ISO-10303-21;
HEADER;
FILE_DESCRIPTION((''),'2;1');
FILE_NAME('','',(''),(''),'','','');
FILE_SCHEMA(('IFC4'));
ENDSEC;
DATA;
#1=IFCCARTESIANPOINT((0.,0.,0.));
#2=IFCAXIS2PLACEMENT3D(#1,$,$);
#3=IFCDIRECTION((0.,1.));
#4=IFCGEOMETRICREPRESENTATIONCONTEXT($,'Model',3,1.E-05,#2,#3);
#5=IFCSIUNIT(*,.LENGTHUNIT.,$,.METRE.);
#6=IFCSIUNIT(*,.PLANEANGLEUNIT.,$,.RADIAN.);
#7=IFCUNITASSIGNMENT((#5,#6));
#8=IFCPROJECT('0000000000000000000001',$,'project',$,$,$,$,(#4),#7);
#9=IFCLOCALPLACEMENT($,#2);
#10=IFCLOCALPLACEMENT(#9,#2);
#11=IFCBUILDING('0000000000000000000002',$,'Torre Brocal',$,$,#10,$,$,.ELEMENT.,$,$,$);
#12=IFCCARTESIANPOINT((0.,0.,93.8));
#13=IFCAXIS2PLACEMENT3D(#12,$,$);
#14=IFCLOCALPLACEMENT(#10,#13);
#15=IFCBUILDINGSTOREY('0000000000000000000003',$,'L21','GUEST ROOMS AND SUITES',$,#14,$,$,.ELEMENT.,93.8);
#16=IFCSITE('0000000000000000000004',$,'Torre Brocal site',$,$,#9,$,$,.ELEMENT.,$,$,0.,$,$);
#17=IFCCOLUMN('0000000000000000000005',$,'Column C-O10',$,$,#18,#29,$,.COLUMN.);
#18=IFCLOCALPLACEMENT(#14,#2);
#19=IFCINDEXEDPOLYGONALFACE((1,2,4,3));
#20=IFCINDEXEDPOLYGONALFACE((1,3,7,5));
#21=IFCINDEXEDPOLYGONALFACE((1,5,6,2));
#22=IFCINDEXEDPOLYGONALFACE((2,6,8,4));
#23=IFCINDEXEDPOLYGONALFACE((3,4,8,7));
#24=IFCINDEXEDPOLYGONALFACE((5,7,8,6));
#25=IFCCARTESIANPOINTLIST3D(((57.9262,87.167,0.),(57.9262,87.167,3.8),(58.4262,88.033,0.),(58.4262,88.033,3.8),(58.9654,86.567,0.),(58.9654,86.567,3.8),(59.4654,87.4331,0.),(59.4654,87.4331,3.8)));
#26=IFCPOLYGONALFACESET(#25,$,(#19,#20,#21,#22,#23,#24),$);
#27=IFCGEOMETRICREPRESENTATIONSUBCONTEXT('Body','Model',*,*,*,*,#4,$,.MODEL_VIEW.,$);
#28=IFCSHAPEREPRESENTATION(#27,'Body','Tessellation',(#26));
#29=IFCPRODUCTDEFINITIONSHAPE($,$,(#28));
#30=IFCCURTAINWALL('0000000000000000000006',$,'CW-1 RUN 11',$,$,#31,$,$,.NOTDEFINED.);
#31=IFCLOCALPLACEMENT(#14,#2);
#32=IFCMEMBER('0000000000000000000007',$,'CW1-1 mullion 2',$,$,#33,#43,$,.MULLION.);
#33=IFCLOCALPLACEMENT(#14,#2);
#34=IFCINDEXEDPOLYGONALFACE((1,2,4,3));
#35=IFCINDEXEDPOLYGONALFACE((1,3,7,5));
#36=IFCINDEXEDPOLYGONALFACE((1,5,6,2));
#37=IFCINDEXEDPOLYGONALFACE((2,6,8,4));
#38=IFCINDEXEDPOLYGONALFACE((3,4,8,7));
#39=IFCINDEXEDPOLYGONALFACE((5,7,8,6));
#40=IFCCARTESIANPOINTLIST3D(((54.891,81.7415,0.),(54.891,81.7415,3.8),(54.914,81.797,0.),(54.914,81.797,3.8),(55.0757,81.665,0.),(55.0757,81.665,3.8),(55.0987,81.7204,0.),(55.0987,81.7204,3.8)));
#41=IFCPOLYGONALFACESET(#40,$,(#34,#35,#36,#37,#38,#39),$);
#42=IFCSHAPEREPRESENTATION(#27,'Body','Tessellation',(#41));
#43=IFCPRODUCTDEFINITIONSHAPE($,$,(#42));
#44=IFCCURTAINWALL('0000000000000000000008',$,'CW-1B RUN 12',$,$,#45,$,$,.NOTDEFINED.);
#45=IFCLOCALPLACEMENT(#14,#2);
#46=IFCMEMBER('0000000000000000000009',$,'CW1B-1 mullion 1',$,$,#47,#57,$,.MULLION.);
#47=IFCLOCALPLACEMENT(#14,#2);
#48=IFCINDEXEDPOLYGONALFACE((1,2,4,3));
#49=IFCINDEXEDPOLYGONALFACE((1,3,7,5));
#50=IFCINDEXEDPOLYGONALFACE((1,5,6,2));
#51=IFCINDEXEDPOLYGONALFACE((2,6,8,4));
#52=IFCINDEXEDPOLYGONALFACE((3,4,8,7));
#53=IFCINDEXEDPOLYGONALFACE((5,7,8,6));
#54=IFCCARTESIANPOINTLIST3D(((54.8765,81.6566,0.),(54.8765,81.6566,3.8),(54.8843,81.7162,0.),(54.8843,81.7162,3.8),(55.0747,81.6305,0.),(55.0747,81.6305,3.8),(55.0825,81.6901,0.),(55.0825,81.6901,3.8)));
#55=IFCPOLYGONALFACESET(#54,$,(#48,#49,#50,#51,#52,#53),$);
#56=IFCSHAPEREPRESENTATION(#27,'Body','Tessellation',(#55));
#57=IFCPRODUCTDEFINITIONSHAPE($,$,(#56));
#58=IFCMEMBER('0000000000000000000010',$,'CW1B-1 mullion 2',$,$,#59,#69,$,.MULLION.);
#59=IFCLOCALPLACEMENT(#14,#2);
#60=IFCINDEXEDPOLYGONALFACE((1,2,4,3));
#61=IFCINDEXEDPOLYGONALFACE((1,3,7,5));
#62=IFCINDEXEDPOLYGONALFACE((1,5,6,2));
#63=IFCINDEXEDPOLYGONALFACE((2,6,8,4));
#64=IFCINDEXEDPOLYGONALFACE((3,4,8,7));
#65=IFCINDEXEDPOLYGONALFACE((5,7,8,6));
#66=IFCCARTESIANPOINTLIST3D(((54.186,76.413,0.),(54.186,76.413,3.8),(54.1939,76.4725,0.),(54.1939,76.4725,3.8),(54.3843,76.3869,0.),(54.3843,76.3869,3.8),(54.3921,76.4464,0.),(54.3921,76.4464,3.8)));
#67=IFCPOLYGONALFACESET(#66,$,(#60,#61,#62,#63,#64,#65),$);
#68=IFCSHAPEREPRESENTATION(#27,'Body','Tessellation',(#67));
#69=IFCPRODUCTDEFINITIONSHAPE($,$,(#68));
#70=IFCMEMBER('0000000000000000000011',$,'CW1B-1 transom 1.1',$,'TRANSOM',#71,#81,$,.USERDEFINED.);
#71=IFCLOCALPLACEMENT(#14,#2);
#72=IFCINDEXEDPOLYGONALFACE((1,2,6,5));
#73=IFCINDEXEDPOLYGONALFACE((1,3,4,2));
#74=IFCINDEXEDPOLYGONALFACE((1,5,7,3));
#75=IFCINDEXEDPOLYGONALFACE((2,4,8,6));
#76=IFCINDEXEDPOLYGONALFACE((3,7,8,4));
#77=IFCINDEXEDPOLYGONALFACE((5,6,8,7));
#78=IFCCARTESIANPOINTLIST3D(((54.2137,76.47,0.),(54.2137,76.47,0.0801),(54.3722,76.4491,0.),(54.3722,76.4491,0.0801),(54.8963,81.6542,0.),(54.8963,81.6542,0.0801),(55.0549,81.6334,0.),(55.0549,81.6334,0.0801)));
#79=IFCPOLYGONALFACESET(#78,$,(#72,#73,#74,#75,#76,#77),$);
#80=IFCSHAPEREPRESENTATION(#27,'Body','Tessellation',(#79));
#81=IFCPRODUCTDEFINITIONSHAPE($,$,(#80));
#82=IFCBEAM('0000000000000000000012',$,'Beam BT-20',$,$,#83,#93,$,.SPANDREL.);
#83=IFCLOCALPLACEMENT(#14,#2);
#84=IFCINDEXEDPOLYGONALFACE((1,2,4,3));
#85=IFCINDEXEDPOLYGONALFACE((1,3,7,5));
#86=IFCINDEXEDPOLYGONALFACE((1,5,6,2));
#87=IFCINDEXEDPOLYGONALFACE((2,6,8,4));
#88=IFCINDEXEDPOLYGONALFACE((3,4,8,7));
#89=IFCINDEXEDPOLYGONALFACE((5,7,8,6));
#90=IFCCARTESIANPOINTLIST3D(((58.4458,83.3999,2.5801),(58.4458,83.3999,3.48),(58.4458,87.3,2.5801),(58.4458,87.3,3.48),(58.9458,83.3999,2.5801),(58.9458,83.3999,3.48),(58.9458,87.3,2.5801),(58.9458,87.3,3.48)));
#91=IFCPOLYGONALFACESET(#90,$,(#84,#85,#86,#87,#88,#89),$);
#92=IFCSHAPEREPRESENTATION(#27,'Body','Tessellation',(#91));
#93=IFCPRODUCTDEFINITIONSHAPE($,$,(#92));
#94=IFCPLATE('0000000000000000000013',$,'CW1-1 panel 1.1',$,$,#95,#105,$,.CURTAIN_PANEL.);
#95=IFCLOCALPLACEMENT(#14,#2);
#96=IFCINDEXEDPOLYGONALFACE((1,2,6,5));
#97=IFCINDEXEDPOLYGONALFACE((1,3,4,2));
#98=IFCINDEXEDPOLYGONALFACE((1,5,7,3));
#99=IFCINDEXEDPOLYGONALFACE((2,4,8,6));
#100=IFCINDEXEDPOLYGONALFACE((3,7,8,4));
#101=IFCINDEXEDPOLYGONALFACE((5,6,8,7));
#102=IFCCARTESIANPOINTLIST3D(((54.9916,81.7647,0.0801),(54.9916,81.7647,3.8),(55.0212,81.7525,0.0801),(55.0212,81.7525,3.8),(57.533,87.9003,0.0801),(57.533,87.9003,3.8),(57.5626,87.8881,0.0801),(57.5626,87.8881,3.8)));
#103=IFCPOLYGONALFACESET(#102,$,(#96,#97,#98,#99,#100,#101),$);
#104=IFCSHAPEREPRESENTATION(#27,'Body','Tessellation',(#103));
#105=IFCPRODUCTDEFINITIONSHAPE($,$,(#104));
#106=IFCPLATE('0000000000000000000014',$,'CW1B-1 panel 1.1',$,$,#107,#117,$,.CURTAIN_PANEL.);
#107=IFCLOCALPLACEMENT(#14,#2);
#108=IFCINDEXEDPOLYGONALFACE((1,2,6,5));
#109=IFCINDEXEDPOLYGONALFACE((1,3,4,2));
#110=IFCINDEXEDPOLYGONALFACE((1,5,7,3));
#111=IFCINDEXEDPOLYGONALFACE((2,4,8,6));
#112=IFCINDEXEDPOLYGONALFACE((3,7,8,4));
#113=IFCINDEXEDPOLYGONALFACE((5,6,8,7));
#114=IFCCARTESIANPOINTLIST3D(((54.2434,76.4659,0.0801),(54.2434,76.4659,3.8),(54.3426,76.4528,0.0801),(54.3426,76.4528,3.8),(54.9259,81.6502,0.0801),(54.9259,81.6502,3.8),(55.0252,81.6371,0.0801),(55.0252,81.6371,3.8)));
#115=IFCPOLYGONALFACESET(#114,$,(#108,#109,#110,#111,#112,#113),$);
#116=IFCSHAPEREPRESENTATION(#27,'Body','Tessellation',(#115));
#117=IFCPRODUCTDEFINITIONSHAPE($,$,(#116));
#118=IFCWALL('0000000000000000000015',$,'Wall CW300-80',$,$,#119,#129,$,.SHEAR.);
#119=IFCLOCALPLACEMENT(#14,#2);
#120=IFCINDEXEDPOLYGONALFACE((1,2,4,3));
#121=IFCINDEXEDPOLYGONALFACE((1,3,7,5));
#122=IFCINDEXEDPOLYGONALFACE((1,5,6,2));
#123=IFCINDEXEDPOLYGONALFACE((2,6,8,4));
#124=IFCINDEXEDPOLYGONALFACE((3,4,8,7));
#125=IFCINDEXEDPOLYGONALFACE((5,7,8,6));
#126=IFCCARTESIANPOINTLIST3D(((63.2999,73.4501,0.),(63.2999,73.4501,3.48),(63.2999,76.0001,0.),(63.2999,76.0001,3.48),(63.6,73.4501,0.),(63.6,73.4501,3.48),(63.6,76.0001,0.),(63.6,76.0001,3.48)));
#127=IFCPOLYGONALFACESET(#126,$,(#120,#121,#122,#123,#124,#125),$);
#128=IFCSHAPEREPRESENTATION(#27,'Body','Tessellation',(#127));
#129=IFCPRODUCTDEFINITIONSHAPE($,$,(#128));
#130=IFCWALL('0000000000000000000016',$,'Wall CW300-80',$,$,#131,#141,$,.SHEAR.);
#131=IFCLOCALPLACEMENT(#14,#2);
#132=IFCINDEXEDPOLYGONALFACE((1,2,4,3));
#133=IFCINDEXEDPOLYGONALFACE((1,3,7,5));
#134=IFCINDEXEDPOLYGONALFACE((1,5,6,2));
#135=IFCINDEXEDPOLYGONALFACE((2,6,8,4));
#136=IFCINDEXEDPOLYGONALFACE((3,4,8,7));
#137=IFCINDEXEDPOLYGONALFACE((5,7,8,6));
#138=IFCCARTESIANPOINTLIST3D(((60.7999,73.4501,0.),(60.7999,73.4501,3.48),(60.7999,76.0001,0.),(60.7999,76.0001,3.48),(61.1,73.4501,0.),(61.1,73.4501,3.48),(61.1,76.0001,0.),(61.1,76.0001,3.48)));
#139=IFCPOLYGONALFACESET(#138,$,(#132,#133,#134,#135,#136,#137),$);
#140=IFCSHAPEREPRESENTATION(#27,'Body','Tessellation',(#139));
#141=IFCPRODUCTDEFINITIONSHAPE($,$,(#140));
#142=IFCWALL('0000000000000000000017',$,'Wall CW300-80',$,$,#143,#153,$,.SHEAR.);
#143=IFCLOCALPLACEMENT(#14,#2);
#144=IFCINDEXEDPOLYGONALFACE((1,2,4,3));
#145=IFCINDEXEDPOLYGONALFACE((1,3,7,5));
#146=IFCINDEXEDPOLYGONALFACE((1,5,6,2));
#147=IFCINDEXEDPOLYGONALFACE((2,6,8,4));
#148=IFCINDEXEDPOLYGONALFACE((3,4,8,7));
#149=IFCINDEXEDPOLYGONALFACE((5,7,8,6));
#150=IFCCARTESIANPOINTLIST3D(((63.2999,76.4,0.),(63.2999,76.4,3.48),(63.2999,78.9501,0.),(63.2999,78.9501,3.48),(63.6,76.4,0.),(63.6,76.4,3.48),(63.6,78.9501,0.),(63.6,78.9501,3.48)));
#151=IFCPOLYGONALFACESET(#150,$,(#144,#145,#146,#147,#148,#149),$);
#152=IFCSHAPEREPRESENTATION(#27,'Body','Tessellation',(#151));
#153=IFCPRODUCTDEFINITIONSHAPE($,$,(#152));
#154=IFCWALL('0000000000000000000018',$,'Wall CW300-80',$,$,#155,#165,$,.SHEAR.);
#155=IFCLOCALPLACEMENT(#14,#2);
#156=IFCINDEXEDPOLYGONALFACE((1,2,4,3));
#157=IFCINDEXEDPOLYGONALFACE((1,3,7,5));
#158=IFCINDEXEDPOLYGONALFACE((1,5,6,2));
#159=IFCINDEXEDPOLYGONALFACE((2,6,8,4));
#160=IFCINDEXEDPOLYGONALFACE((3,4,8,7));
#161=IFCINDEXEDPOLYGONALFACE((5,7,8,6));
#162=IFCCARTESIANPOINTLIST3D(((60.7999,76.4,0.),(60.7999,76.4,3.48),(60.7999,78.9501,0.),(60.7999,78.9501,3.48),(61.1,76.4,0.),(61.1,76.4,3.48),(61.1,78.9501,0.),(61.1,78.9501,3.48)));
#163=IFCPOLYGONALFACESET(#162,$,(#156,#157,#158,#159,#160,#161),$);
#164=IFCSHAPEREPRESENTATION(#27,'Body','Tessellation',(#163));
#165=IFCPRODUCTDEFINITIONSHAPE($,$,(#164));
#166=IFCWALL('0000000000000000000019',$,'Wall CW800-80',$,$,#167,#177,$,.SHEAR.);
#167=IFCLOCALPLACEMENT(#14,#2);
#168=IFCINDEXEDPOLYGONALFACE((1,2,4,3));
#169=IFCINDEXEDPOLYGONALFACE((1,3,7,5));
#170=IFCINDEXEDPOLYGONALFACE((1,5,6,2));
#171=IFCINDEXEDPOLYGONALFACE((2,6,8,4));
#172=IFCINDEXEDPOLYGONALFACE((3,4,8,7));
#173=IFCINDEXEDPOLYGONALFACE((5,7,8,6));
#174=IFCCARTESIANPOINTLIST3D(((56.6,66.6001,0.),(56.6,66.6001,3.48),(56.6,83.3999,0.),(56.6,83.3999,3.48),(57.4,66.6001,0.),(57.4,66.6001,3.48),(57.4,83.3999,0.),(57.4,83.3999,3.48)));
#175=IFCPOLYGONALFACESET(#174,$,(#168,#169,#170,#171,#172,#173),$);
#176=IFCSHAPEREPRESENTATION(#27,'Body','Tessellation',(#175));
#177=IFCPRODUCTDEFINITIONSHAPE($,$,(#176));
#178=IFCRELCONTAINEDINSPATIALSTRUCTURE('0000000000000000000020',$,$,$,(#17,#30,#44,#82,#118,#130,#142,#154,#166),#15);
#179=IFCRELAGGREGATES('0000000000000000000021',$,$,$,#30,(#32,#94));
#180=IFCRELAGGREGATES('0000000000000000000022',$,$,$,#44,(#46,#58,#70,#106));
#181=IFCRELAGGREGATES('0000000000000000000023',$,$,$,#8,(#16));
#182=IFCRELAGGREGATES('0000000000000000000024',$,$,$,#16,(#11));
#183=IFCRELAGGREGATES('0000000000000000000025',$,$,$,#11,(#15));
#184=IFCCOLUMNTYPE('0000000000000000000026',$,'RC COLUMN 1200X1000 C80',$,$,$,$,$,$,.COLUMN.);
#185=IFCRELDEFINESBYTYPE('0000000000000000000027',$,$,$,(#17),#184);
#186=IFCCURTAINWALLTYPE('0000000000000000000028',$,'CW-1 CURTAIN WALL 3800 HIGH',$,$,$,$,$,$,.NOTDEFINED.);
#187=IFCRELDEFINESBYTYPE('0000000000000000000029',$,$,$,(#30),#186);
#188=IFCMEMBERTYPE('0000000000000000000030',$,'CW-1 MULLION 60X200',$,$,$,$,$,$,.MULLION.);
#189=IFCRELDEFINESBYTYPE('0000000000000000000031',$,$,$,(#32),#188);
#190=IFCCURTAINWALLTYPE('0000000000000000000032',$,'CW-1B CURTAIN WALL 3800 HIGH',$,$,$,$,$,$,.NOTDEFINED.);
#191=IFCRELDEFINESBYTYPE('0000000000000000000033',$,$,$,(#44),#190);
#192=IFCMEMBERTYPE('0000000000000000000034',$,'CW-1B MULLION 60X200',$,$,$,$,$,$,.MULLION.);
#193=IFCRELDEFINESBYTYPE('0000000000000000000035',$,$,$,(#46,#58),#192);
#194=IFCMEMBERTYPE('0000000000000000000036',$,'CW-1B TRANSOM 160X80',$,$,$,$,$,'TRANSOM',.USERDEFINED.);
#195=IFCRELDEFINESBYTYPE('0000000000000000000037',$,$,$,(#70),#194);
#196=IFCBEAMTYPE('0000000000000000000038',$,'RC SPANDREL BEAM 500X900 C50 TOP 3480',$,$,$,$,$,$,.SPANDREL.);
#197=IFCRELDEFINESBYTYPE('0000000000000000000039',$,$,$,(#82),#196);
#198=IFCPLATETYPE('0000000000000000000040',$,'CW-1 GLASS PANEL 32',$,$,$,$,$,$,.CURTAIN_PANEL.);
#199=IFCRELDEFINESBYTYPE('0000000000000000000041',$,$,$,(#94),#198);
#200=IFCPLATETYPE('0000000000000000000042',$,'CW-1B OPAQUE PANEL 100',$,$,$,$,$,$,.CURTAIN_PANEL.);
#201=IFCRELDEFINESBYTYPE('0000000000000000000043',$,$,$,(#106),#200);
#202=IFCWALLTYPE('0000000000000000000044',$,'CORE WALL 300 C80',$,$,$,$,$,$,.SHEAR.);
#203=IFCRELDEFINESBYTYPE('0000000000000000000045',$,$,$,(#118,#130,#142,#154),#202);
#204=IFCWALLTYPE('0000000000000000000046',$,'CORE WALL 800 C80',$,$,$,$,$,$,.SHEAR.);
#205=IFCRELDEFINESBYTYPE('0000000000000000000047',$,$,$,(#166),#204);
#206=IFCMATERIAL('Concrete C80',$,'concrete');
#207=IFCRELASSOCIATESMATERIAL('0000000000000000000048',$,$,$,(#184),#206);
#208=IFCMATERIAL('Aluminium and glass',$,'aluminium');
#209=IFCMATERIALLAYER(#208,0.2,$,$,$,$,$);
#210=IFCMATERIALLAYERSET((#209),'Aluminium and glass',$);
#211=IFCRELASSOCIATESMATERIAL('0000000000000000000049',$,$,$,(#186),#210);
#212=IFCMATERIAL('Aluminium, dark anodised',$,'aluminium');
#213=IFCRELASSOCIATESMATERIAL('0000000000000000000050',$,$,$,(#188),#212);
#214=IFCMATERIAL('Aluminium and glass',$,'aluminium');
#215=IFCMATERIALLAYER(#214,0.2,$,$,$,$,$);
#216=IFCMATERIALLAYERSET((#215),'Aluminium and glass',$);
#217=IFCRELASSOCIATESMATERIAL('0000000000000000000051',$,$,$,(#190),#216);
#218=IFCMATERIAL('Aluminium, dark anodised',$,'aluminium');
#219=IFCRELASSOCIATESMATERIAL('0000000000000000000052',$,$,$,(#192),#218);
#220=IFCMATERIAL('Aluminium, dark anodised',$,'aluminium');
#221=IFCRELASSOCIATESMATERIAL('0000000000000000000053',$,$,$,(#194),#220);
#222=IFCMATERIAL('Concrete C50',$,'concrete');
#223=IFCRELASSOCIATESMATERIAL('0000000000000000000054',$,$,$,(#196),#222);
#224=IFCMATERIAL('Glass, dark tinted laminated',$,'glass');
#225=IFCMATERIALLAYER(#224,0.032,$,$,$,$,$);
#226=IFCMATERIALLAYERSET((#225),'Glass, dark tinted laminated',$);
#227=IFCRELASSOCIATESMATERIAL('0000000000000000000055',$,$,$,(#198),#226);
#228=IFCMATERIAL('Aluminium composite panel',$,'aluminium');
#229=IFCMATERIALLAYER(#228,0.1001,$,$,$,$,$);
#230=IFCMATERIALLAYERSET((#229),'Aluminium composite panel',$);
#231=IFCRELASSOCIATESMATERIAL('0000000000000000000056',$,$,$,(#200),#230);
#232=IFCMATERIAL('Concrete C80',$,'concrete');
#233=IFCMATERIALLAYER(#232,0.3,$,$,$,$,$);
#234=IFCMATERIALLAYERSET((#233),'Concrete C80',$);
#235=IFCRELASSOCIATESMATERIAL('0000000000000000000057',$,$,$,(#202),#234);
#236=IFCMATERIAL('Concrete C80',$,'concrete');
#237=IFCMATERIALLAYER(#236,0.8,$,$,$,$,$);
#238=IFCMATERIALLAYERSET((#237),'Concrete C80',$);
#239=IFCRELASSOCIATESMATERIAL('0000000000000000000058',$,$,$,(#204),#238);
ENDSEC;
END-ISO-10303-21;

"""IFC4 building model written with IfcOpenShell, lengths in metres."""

from ifc_helpers import new_model, si_unit, direction, frame, frame_2d, origin, origin_2d, place, context, subcontext, project, spatial, rectangle, extrude, material, layer, layer_set, material_profile, profile_set, type_object, element, aggregate, save


model = new_model("IFC4")

# Units and contexts
model_context = context("Model", 3, precision=1e-05, world=origin(), true_north=direction((0.0, 1.0)))
body_context = subcontext(model_context, "Body", "Model", "MODEL_VIEW")
ifc_project = project(units=[si_unit("LENGTHUNIT", "METRE"), si_unit("PLANEANGLEUNIT", "RADIAN")], contexts=[model_context])

# Site, building, storey
site_placement = place(None, origin())
site = spatial("IfcSite", under=ifc_project, at=site_placement, Name="Torre Brocal site", CompositionType="ELEMENT", RefElevation=0.0)
building_placement = place(site_placement, origin())
building = spatial("IfcBuilding", under=site, at=building_placement, Name="Torre Brocal", CompositionType="ELEMENT")
storey_placement = place(building_placement, frame((0.0, 0.0, 93.8)))
storey = spatial("IfcBuildingStorey", under=building, at=storey_placement, Name="L21", Description="GUEST ROOMS AND SUITES", CompositionType="ELEMENT", Elevation=93.8)

# Column
ifc_material_1 = material(Name="Concrete C80", Category="concrete")
ifc_material_profile_1 = material_profile(ifc_material_1, rectangle(XDim=1.2, YDim=1.0, at=origin_2d()), Name="RC 1200X1000")
ifc_profile_set_1 = profile_set([ifc_material_profile_1], Name="Concrete C80")
column_type = type_object("IfcColumnType", Name="RC COLUMN 1200X1000 C80", PredefinedType="COLUMN", material=ifc_profile_set_1)
column_placement = place(storey_placement, frame((58.6958, 87.3, 0.0), z_axis=(0.0, 0.0, 1.0), x_axis=(-0.866025, 0.5, 0.0)))
element("IfcColumn", 1, at=column_placement, inside=storey, type_object=column_type, Name="Column C-O10", PredefinedType="COLUMN", context=body_context, shape_type="SweptSolid", body=[
    extrude(rectangle(XDim=1.2, YDim=1.0, at=origin_2d()), origin(), (0.0, 0.0, 1.0), 3.8),
])

# Curtain wall, member
ifc_material_2 = material(Name="Aluminium and glass", Category="aluminium")
ifc_layer_1 = layer(ifc_material_2, 0.2)
ifc_layer_set_1 = layer_set([ifc_layer_1], Name="Aluminium and glass")
curtain_wall_type_1 = type_object("IfcCurtainWallType", Name="CW-1 CURTAIN WALL 3800 HIGH", PredefinedType="NOTDEFINED", material=ifc_layer_set_1)
curtain_wall_1_placement = place(storey_placement, origin())
curtain_wall_1 = element("IfcCurtainWall", 2, at=curtain_wall_1_placement, inside=storey, type_object=curtain_wall_type_1, Name="CW-1 RUN 11", PredefinedType="NOTDEFINED")
ifc_material_3 = material(Name="Aluminium, dark anodised", Category="aluminium")
ifc_material_profile_2 = material_profile(ifc_material_3, rectangle(XDim=0.2, YDim=0.0601, at=origin_2d()), Name="CW-1 MULLION 60X200")
ifc_profile_set_2 = profile_set([ifc_material_profile_2], Name="Aluminium, dark anodised")
member_type_1 = type_object("IfcMemberType", Name="CW-1 MULLION 60X200", PredefinedType="MULLION", material=ifc_profile_set_2)
member_1_placement = place(storey_placement, frame((54.9949, 81.731, 0.0), z_axis=(0.0, 0.0, 1.0), x_axis=(0.92388, -0.382683, 0.0)))
member_1 = element("IfcMember", 3, at=member_1_placement, type_object=member_type_1, Name="CW1-1 mullion 2", PredefinedType="MULLION", context=body_context, shape_type="SweptSolid", body=[
    extrude(rectangle(XDim=0.2, YDim=0.0601, at=origin_2d()), origin(), (0.0, 0.0, 1.0), 3.8),
])

# Curtain wall, members
ifc_material_4 = material(Name="Aluminium and glass", Category="aluminium")
ifc_layer_2 = layer(ifc_material_4, 0.2)
ifc_layer_set_2 = layer_set([ifc_layer_2], Name="Aluminium and glass")
curtain_wall_type_2 = type_object("IfcCurtainWallType", Name="CW-1B CURTAIN WALL 3800 HIGH", PredefinedType="NOTDEFINED", material=ifc_layer_set_2)
curtain_wall_2_placement = place(storey_placement, origin())
curtain_wall_2 = element("IfcCurtainWall", 4, at=curtain_wall_2_placement, inside=storey, type_object=curtain_wall_type_2, Name="CW-1B RUN 12", PredefinedType="NOTDEFINED")
ifc_material_5 = material(Name="Aluminium, dark anodised", Category="aluminium")
ifc_material_profile_3 = material_profile(ifc_material_5, rectangle(XDim=0.2, YDim=0.0601, at=origin_2d()), Name="CW-1B MULLION 60X200")
ifc_profile_set_3 = profile_set([ifc_material_profile_3], Name="Aluminium, dark anodised")
member_type_2 = type_object("IfcMemberType", Name="CW-1B MULLION 60X200", PredefinedType="MULLION", material=ifc_profile_set_3)
member_2_placement = place(storey_placement, frame((54.9795, 81.6733, 0.0), z_axis=(0.0, 0.0, 1.0), x_axis=(0.991445, -0.130526, 0.0)))
member_2 = element("IfcMember", 5, at=member_2_placement, type_object=member_type_2, Name="CW1B-1 mullion 1", PredefinedType="MULLION", context=body_context, shape_type="SweptSolid", body=[
    extrude(rectangle(XDim=0.2, YDim=0.0601, at=origin_2d()), origin(), (0.0, 0.0, 1.0), 3.8),
])
member_3_placement = place(storey_placement, frame((54.2891, 76.4297, 0.0), z_axis=(0.0, 0.0, 1.0), x_axis=(0.991445, -0.130526, 0.0)))
member_3 = element("IfcMember", 6, at=member_3_placement, type_object=member_type_2, Name="CW1B-1 mullion 2", PredefinedType="MULLION", context=body_context, shape_type="SweptSolid", body=[
    extrude(rectangle(XDim=0.2, YDim=0.0601, at=origin_2d()), origin(), (0.0, 0.0, 1.0), 3.8),
])
ifc_material_6 = material(Name="Aluminium, dark anodised", Category="aluminium")
ifc_material_profile_4 = material_profile(ifc_material_6, rectangle(XDim=0.1599, YDim=0.0801, at=origin_2d()), Name="CW-1B TRANSOM 160X80")
ifc_profile_set_4 = profile_set([ifc_material_profile_4], Name="Aluminium, dark anodised")
member_type_3 = type_object("IfcMemberType", Name="CW-1B TRANSOM 160X80", ElementType="TRANSOM", PredefinedType="USERDEFINED", material=ifc_profile_set_4)
member_4_placement = place(storey_placement, frame((54.9756, 81.6438, 0.04), z_axis=(-0.130543, -0.991443, 0.0), x_axis=(0.991443, -0.130543, 0.0)))
member_4 = element("IfcMember", 7, at=member_4_placement, type_object=member_type_3, Name="CW1B-1 transom 1.1", ObjectType="TRANSOM", PredefinedType="USERDEFINED", context=body_context, shape_type="SweptSolid", body=[
    extrude(rectangle(XDim=0.1599, YDim=0.0801, at=origin_2d()), origin(), (0.0, 0.0, 1.0), 5.229),
])

# Beam
ifc_material_7 = material(Name="Concrete C50", Category="concrete")
ifc_material_profile_5 = material_profile(ifc_material_7, rectangle(XDim=0.5, YDim=0.8999, at=origin_2d()), Name="RC 500X900")
ifc_profile_set_5 = profile_set([ifc_material_profile_5], Name="Concrete C50")
beam_type = type_object("IfcBeamType", Name="RC SPANDREL BEAM 500X900 C50 TOP 3480", PredefinedType="SPANDREL", material=ifc_profile_set_5)
beam_placement = place(storey_placement, frame((58.6958, 87.3, 3.03), z_axis=(0.0, -1.0, 0.0), x_axis=(1.0, 0.0, 0.0)))
element("IfcBeam", 8, at=beam_placement, inside=storey, type_object=beam_type, Name="Beam BT-20", PredefinedType="SPANDREL", context=body_context, shape_type="SweptSolid", body=[
    extrude(rectangle(XDim=0.5, YDim=0.8999, at=origin_2d()), origin(), (0.0, 0.0, 1.0), 3.9001),
])

# Plates
ifc_material_8 = material(Name="Glass, dark tinted laminated", Category="glass")
ifc_layer_3 = layer(ifc_material_8, 0.032)
ifc_layer_set_3 = layer_set([ifc_layer_3], Name="Glass, dark tinted laminated")
plate_type_1 = type_object("IfcPlateType", Name="CW-1 GLASS PANEL 32", PredefinedType="CURTAIN_PANEL", material=ifc_layer_set_3)
plate_1_placement = place(storey_placement, frame((56.2771, 84.8264, 0.0801), z_axis=(0.0, 0.0, 1.0), x_axis=(-0.382683, -0.92388, 0.0)))
plate_1 = element("IfcPlate", 9, at=plate_1_placement, type_object=plate_type_1, Name="CW1-1 panel 1.1", PredefinedType="CURTAIN_PANEL", context=body_context, shape_type="SweptSolid", body=[
    extrude(rectangle(XDim=6.6411, YDim=0.032, at=origin_2d()), origin(), (0.0, 0.0, 1.0), 3.72),
])
aggregate(curtain_wall_1, [member_1, plate_1])
ifc_material_9 = material(Name="Aluminium composite panel", Category="aluminium")
ifc_layer_4 = layer(ifc_material_9, 0.1001)
ifc_layer_set_4 = layer_set([ifc_layer_4], Name="Aluminium composite panel")
plate_type_2 = type_object("IfcPlateType", Name="CW-1B OPAQUE PANEL 100", PredefinedType="CURTAIN_PANEL", material=ifc_layer_set_4)
plate_2_placement = place(storey_placement, frame((54.6343, 79.0515, 0.0801), z_axis=(0.0, 0.0, 1.0), x_axis=(-0.130526, -0.991445, 0.0)))
plate_2 = element("IfcPlate", 10, at=plate_2_placement, type_object=plate_type_2, Name="CW1B-1 panel 1.1", PredefinedType="CURTAIN_PANEL", context=body_context, shape_type="SweptSolid", body=[
    extrude(rectangle(XDim=5.229, YDim=0.1001, at=origin_2d()), origin(), (0.0, 0.0, 1.0), 3.72),
])
aggregate(curtain_wall_2, [member_2, member_3, member_4, plate_2])

# Walls
ifc_material_10 = material(Name="Concrete C80", Category="concrete")
ifc_layer_5 = layer(ifc_material_10, 0.3)
ifc_layer_set_5 = layer_set([ifc_layer_5], Name="Concrete C80")
wall_type_1 = type_object("IfcWallType", Name="CORE WALL 300 C80", PredefinedType="SHEAR", material=ifc_layer_set_5)
for number, where, z_axis, x_axis, name in (
    (11, (63.45, 76.0, 0.0), (0.0, 0.0, 1.0), (0.0, -1.0, 0.0), "Wall CW300-80"),
    (12, (60.95, 76.0, 0.0), (0.0, 0.0, 1.0), (0.0, -1.0, 0.0), "Wall CW300-80"),
    (13, (63.45, 78.95, 0.0), (0.0, 0.0, 1.0), (0.0, -1.0, 0.0), "Wall CW300-80"),
    (14, (60.95, 78.95, 0.0), (0.0, 0.0, 1.0), (0.0, -1.0, 0.0), "Wall CW300-80"),
):
    element("IfcWall", number, at=place(storey_placement, frame(where, z_axis=z_axis, x_axis=x_axis)), inside=storey, type_object=wall_type_1, Name=name, PredefinedType="SHEAR", context=body_context, shape_type="SweptSolid", body=[
        extrude(rectangle(XDim=2.55, YDim=0.3, at=frame_2d((1.2749, 0.0))), origin(), (0.0, 0.0, 1.0), 3.48),
    ])
ifc_material_11 = material(Name="Concrete C80", Category="concrete")
ifc_layer_6 = layer(ifc_material_11, 0.8)
ifc_layer_set_6 = layer_set([ifc_layer_6], Name="Concrete C80")
wall_type_2 = type_object("IfcWallType", Name="CORE WALL 800 C80", PredefinedType="SHEAR", material=ifc_layer_set_6)
wall_1_placement = place(storey_placement, frame((57.0, 83.3999, 0.0), z_axis=(0.0, 0.0, 1.0), x_axis=(0.0, -1.0, 0.0)))
element("IfcWall", 15, at=wall_1_placement, inside=storey, type_object=wall_type_2, Name="Wall CW800-80", PredefinedType="SHEAR", context=body_context, shape_type="SweptSolid", body=[
    extrude(rectangle(XDim=16.7998, YDim=0.8, at=frame_2d((8.3999, 0.0))), origin(), (0.0, 0.0, 1.0), 3.48),
])

save(model, "model.ifc")
